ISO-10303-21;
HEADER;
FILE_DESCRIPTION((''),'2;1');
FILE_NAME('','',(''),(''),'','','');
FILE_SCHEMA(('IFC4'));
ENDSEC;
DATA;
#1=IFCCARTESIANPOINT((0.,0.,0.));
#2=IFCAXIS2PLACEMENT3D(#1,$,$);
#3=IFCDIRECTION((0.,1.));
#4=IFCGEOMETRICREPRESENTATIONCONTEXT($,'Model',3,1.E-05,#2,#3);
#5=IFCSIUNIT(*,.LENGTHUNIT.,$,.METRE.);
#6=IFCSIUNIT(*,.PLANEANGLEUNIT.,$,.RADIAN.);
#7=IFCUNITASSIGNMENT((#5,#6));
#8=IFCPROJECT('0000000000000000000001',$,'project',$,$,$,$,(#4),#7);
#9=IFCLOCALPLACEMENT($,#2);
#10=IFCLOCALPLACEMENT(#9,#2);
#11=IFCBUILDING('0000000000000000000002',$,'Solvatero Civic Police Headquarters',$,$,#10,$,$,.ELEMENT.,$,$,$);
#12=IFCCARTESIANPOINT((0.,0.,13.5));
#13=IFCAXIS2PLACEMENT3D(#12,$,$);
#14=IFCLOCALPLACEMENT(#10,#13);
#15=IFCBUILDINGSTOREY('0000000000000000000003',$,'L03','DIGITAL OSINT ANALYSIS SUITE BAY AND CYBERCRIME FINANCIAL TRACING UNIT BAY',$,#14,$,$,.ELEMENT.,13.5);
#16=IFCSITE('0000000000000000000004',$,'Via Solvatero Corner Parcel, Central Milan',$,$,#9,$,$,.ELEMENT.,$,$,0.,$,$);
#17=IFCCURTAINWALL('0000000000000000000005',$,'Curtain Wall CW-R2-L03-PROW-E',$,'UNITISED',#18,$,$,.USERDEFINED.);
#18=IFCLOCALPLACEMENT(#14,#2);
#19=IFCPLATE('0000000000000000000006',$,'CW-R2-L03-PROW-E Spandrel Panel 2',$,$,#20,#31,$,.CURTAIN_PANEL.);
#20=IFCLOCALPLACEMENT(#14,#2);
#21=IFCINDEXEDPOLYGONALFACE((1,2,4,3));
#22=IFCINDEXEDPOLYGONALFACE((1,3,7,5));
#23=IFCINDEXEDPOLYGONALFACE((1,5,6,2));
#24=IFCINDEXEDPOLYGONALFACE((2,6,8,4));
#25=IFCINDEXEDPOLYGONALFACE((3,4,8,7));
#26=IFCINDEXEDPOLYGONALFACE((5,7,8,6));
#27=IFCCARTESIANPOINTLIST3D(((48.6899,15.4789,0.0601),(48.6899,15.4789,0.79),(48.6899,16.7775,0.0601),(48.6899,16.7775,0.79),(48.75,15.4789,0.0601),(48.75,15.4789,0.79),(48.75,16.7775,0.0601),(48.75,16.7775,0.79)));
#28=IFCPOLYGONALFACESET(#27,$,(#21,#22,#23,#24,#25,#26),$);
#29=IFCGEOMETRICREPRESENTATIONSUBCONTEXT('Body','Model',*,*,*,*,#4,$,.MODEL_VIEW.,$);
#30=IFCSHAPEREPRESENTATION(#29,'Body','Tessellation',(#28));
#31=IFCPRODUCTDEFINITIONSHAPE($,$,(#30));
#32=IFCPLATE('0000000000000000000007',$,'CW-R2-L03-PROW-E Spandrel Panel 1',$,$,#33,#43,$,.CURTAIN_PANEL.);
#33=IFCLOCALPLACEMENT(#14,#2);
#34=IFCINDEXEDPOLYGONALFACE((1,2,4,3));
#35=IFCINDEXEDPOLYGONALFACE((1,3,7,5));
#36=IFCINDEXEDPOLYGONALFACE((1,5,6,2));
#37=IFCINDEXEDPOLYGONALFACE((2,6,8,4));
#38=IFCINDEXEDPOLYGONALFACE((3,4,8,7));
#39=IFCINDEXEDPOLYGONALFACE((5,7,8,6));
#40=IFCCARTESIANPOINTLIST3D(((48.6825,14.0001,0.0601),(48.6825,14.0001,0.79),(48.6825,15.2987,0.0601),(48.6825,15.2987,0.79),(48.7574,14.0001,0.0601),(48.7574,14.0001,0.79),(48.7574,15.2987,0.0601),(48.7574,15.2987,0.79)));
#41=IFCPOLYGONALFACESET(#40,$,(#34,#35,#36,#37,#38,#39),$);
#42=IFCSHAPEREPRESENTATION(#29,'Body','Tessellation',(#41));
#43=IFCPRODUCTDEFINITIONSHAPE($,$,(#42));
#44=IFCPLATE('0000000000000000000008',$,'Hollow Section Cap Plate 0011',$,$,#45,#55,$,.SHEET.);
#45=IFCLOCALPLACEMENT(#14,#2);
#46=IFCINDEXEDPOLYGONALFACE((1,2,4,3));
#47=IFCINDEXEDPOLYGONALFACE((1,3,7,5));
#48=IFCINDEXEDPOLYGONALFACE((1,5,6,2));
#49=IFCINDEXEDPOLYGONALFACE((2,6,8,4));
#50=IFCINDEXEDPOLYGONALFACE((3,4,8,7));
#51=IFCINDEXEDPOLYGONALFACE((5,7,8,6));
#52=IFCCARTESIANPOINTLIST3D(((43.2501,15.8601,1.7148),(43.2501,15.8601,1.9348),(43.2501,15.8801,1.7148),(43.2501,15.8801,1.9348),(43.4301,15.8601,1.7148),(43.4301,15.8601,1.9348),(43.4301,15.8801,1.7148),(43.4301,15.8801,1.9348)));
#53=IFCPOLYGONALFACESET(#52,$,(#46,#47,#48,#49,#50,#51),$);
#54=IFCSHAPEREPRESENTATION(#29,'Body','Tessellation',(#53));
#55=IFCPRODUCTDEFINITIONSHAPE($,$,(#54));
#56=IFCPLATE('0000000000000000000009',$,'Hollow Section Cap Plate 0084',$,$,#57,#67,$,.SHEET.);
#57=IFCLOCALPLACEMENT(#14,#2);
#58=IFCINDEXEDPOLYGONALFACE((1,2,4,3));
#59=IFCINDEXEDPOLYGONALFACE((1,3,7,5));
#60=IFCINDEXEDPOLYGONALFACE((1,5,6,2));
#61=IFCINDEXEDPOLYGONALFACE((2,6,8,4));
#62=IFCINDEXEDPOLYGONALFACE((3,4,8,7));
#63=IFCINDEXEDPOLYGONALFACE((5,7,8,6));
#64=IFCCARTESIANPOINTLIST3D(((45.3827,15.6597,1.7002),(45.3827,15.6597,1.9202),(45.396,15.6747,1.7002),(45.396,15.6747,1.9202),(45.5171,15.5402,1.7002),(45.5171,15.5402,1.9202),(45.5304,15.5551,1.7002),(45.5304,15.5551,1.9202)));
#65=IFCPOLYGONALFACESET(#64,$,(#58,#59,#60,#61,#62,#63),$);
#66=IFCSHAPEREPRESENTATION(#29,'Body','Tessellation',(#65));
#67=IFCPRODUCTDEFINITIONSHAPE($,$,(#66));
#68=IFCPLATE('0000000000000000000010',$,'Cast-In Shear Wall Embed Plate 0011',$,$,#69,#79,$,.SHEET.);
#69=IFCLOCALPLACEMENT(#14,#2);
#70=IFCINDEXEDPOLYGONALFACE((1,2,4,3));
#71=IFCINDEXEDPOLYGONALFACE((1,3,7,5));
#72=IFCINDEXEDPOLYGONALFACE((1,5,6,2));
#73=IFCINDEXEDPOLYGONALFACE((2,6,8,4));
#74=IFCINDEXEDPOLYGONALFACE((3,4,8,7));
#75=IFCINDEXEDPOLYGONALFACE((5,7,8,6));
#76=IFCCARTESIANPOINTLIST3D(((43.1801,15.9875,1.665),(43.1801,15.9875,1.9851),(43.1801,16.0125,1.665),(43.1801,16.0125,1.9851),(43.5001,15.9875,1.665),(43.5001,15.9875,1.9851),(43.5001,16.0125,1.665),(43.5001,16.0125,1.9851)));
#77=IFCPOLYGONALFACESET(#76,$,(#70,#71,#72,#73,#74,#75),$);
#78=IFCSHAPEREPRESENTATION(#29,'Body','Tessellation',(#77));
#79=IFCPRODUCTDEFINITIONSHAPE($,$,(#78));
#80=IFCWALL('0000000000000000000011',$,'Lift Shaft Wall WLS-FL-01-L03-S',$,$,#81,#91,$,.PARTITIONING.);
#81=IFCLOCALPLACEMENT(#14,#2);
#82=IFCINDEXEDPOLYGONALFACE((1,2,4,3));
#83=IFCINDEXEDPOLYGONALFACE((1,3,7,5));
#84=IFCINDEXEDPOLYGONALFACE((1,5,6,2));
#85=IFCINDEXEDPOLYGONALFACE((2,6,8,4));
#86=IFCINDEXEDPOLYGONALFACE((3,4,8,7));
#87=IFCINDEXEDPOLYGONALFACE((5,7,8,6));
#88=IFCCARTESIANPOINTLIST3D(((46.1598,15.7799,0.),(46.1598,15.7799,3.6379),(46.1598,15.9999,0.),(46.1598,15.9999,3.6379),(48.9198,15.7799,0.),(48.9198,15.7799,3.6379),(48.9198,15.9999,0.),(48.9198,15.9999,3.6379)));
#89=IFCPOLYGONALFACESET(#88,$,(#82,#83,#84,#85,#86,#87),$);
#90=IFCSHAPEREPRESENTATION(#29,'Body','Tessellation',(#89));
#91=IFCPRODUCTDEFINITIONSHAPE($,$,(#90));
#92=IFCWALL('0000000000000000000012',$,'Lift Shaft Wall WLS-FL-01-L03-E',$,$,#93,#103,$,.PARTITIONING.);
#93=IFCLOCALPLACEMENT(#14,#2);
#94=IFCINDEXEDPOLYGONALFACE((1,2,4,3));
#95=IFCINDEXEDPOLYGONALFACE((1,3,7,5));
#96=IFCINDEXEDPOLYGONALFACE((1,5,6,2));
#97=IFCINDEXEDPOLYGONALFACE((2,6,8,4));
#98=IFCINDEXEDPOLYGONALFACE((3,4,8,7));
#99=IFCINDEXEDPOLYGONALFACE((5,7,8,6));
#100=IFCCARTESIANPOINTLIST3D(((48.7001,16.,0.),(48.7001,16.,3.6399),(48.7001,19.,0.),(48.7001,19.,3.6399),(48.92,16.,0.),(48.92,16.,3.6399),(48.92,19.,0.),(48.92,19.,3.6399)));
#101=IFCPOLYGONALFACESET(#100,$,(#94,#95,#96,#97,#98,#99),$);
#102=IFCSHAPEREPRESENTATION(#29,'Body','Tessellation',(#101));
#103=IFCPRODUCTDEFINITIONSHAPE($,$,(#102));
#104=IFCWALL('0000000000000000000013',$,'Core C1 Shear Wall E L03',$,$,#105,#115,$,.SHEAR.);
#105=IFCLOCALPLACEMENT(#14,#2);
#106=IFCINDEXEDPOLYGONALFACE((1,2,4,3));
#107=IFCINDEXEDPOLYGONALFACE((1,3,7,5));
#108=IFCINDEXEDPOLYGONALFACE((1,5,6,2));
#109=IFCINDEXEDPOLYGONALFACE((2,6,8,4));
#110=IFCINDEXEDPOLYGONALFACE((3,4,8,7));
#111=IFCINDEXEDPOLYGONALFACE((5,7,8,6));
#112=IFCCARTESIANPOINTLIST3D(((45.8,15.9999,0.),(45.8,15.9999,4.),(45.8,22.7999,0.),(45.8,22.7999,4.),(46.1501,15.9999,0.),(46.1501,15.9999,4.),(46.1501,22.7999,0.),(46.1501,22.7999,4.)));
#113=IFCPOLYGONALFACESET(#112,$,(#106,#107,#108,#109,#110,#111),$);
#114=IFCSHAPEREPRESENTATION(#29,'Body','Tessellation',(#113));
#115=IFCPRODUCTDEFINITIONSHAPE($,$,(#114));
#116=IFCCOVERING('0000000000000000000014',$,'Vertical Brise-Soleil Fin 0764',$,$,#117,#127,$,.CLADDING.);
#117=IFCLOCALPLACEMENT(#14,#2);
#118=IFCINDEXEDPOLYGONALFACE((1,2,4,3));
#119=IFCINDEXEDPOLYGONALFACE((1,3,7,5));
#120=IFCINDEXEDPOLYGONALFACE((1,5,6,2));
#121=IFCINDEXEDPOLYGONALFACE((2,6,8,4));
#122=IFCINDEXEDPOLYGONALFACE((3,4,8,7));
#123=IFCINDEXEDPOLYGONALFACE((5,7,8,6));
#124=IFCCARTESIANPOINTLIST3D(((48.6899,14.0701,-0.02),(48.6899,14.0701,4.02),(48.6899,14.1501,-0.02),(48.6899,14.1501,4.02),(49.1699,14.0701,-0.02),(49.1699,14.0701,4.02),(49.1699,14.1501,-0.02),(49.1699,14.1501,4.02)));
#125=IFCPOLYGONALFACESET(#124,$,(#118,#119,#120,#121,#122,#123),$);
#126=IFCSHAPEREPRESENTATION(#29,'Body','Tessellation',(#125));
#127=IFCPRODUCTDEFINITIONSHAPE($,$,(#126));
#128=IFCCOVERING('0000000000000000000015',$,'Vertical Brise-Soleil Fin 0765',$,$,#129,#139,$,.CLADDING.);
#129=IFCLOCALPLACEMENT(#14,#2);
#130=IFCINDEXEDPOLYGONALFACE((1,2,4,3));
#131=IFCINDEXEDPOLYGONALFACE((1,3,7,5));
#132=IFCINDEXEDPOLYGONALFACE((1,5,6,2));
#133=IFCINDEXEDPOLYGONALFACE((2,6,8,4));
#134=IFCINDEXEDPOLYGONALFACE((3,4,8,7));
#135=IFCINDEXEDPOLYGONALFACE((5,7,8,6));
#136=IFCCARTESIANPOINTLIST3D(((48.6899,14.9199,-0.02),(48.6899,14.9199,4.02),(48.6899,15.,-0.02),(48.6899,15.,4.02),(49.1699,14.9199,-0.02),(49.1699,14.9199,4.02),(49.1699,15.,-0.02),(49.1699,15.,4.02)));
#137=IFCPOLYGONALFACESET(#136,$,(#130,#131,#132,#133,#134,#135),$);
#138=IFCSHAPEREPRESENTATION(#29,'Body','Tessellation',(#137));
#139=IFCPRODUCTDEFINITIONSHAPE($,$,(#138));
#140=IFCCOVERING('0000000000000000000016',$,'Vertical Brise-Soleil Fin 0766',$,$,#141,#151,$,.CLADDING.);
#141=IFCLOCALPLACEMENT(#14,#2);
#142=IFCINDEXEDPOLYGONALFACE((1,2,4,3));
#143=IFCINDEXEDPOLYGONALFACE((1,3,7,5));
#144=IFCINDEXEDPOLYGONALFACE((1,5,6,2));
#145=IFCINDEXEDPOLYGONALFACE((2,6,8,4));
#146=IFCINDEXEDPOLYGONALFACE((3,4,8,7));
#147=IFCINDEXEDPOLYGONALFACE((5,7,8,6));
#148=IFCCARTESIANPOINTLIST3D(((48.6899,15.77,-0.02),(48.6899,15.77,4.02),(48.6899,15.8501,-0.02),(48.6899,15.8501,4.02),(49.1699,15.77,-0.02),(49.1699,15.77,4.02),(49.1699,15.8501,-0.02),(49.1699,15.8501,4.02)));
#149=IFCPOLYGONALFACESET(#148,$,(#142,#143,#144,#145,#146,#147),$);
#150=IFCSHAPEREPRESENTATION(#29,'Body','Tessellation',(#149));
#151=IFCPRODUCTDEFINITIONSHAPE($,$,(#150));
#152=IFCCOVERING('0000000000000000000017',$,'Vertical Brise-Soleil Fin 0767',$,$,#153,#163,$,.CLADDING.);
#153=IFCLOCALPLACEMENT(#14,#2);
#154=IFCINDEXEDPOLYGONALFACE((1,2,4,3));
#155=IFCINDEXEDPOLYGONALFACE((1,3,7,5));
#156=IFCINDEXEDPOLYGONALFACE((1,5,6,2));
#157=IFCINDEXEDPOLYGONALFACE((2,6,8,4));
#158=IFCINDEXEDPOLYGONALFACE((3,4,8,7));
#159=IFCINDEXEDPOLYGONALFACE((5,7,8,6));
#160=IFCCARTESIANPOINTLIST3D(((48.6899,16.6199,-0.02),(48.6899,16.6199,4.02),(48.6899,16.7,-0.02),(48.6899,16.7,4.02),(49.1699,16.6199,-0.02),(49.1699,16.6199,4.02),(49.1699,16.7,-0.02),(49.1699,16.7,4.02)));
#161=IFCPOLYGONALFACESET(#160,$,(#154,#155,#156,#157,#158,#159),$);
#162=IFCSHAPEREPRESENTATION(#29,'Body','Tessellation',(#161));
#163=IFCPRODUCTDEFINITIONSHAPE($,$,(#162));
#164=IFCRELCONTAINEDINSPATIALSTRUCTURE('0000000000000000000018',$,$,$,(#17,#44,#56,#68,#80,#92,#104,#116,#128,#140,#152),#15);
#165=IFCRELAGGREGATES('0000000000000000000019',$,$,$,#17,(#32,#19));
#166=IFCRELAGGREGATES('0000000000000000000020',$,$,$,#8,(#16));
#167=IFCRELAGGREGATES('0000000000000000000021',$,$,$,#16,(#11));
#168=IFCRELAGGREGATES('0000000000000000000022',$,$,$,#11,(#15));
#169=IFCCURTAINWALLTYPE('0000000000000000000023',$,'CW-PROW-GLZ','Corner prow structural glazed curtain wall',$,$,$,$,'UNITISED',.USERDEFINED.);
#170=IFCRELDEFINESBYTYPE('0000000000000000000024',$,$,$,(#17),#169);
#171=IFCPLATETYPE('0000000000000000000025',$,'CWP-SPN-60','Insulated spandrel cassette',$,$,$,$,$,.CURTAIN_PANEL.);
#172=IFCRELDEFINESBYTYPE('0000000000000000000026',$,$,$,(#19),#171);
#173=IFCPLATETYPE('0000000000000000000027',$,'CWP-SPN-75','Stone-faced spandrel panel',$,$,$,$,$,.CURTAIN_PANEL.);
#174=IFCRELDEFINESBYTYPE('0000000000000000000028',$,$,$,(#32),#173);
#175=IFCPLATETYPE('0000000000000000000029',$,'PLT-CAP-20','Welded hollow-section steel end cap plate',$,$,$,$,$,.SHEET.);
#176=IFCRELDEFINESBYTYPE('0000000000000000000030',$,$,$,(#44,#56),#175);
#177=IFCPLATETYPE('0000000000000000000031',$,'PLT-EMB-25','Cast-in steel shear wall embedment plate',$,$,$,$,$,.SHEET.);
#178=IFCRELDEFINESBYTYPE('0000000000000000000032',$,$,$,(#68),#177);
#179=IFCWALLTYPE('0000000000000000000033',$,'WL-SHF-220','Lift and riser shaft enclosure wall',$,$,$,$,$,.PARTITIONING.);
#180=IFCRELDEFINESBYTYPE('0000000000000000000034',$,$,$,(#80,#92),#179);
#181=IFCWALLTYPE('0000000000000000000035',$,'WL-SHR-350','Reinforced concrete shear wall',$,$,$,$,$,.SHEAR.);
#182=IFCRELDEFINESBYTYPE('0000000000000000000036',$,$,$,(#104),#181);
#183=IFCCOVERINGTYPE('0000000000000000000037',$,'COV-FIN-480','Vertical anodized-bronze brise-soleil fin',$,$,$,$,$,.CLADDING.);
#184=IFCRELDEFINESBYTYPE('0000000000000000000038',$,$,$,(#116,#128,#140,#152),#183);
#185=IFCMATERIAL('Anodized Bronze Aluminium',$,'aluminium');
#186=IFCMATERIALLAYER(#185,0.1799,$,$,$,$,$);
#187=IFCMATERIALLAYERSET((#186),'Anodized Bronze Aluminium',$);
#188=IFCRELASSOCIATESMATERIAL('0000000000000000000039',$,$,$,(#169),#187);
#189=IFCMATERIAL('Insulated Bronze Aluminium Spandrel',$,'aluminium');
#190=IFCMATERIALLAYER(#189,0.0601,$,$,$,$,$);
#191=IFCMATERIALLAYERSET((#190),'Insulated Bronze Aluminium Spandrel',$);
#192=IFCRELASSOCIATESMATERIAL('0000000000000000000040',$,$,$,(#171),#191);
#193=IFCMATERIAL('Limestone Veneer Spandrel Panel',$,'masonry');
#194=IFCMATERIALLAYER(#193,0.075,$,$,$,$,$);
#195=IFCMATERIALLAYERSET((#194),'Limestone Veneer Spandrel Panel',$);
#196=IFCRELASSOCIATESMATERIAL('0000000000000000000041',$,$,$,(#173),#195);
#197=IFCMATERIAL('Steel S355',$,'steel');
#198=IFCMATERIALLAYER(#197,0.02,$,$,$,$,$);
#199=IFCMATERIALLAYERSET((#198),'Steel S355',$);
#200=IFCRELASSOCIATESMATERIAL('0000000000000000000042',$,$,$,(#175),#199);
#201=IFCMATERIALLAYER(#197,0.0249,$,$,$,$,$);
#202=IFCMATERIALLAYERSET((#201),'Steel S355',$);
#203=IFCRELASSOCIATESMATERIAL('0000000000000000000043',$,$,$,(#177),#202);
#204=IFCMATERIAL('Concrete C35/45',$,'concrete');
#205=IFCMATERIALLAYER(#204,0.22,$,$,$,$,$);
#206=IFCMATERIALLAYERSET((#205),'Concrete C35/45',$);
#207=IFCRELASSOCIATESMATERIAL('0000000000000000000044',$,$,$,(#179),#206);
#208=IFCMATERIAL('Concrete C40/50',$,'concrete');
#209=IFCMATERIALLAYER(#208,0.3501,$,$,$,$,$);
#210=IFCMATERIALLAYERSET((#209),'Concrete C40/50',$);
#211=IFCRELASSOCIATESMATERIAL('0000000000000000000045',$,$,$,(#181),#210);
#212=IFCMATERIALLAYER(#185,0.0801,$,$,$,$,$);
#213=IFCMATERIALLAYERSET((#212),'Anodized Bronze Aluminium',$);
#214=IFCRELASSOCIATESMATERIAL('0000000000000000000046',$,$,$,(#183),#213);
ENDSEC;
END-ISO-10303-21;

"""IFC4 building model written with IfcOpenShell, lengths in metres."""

from ifc_helpers import new_model, si_unit, direction, frame, frame_2d, origin, origin_2d, place, context, subcontext, project, spatial, rectangle, extrude, material, layer, layer_set, type_object, element, aggregate, save


model = new_model("IFC4")

# Units and contexts
model_context = context("Model", 3, precision=1e-05, world=origin(), true_north=direction((0.0, 1.0)))
body_context = subcontext(model_context, "Body", "Model", "MODEL_VIEW")
ifc_project = project(units=[si_unit("LENGTHUNIT", "METRE"), si_unit("PLANEANGLEUNIT", "RADIAN")], contexts=[model_context])

# Site, building, storey
site_placement = place(None, origin())
site = spatial("IfcSite", under=ifc_project, at=site_placement, Name="Via Solvatero Corner Parcel, Central Milan", CompositionType="ELEMENT", RefElevation=0.0)
building_placement = place(site_placement, origin())
building = spatial("IfcBuilding", under=site, at=building_placement, Name="Solvatero Civic Police Headquarters", CompositionType="ELEMENT")
storey_placement = place(building_placement, frame((0.0, 0.0, 13.5)))
storey = spatial("IfcBuildingStorey", under=building, at=storey_placement, Name="L03", Description="DIGITAL OSINT ANALYSIS SUITE BAY AND CYBERCRIME FINANCIAL TRACING UNIT BAY", CompositionType="ELEMENT", Elevation=13.5)

# Shared definitions
ifc_material_1 = material(Name="Steel S355", Category="steel")

# Curtain wall
ifc_material_2 = material(Name="Anodized Bronze Aluminium", Category="aluminium")
ifc_layer_1 = layer(ifc_material_2, 0.1799)
ifc_layer_set_1 = layer_set([ifc_layer_1], Name="Anodized Bronze Aluminium")
curtain_wall_type = type_object("IfcCurtainWallType", Name="CW-PROW-GLZ", Description="Corner prow structural glazed curtain wall", ElementType="UNITISED", PredefinedType="USERDEFINED", material=ifc_layer_set_1)
curtain_wall_placement = place(storey_placement, origin())
curtain_wall = element("IfcCurtainWall", 1, at=curtain_wall_placement, inside=storey, type_object=curtain_wall_type, Name="Curtain Wall CW-R2-L03-PROW-E", ObjectType="UNITISED", PredefinedType="USERDEFINED")

# Plates
ifc_material_3 = material(Name="Insulated Bronze Aluminium Spandrel", Category="aluminium")
ifc_layer_2 = layer(ifc_material_3, 0.0601)
ifc_layer_set_2 = layer_set([ifc_layer_2], Name="Insulated Bronze Aluminium Spandrel")
plate_type_1 = type_object("IfcPlateType", Name="CWP-SPN-60", Description="Insulated spandrel cassette", PredefinedType="CURTAIN_PANEL", material=ifc_layer_set_2)
plate_1_placement = place(storey_placement, frame((48.72, 16.1282, 0.0601), z_axis=(0.0, 0.0, 1.0), x_axis=(0.0, 1.0, 0.0)))
plate_1 = element("IfcPlate", 2, at=plate_1_placement, type_object=plate_type_1, Name="CW-R2-L03-PROW-E Spandrel Panel 2", PredefinedType="CURTAIN_PANEL", context=body_context, shape_type="SweptSolid", body=[
    extrude(rectangle(XDim=1.2986, YDim=0.0601, at=origin_2d()), origin(), (0.0, 0.0, 1.0), 0.73),
])
ifc_material_4 = material(Name="Limestone Veneer Spandrel Panel", Category="masonry")
ifc_layer_3 = layer(ifc_material_4, 0.075)
ifc_layer_set_3 = layer_set([ifc_layer_3], Name="Limestone Veneer Spandrel Panel")
plate_type_2 = type_object("IfcPlateType", Name="CWP-SPN-75", Description="Stone-faced spandrel panel", PredefinedType="CURTAIN_PANEL", material=ifc_layer_set_3)
plate_2_placement = place(storey_placement, frame((48.72, 14.6494, 0.0601), z_axis=(0.0, 0.0, 1.0), x_axis=(0.0, 1.0, 0.0)))
plate_2 = element("IfcPlate", 3, at=plate_2_placement, type_object=plate_type_2, Name="CW-R2-L03-PROW-E Spandrel Panel 1", PredefinedType="CURTAIN_PANEL", context=body_context, shape_type="SweptSolid", body=[
    extrude(rectangle(XDim=1.2986, YDim=0.075, at=origin_2d()), origin(), (0.0, 0.0, 1.0), 0.73),
])
aggregate(curtain_wall, [plate_2, plate_1])

# Plates
ifc_layer_4 = layer(ifc_material_1, 0.02)
ifc_layer_set_4 = layer_set([ifc_layer_4], Name="Steel S355")
plate_type_3 = type_object("IfcPlateType", Name="PLT-CAP-20", Description="Welded hollow-section steel end cap plate", PredefinedType="SHEET", material=ifc_layer_set_4)
plate_3_placement = place(storey_placement, frame((43.3401, 15.8701, 1.7148), z_axis=(0.0, 0.0, 1.0), x_axis=(1.0, 0.0, 0.0)))
element("IfcPlate", 4, at=plate_3_placement, inside=storey, type_object=plate_type_3, Name="Hollow Section Cap Plate 0011", PredefinedType="SHEET", context=body_context, shape_type="SweptSolid", body=[
    extrude(rectangle(XDim=0.1799, YDim=0.02, at=origin_2d()), origin(), (0.0, 0.0, 1.0), 0.22),
])
plate_4_placement = place(storey_placement, frame((45.4565, 15.6074, 1.7002), z_axis=(0.0, 0.0, 1.0), x_axis=(0.66437, 0.747404, 0.0)))
element("IfcPlate", 5, at=plate_4_placement, inside=storey, type_object=plate_type_3, Name="Hollow Section Cap Plate 0084", PredefinedType="SHEET", context=body_context, shape_type="SweptSolid", body=[
    extrude(rectangle(XDim=0.02, YDim=0.1799, at=origin_2d()), origin(), (0.0, 0.0, 1.0), 0.22),
])
ifc_layer_5 = layer(ifc_material_1, 0.0249)
ifc_layer_set_5 = layer_set([ifc_layer_5], Name="Steel S355")
plate_type_4 = type_object("IfcPlateType", Name="PLT-EMB-25", Description="Cast-in steel shear wall embedment plate", PredefinedType="SHEET", material=ifc_layer_set_5)
plate_5_placement = place(storey_placement, frame((43.3401, 16.0, 1.665), z_axis=(0.0, 0.0, 1.0), x_axis=(1.0, 0.0, 0.0)))
element("IfcPlate", 6, at=plate_5_placement, inside=storey, type_object=plate_type_4, Name="Cast-In Shear Wall Embed Plate 0011", PredefinedType="SHEET", context=body_context, shape_type="SweptSolid", body=[
    extrude(rectangle(XDim=0.3201, YDim=0.0249, at=origin_2d()), origin(), (0.0, 0.0, 1.0), 0.3201),
])

# Walls
ifc_material_5 = material(Name="Concrete C35/45", Category="concrete")
ifc_layer_6 = layer(ifc_material_5, 0.22)
ifc_layer_set_6 = layer_set([ifc_layer_6], Name="Concrete C35/45")
wall_type_1 = type_object("IfcWallType", Name="WL-SHF-220", Description="Lift and riser shaft enclosure wall", PredefinedType="PARTITIONING", material=ifc_layer_set_6)
wall_1_placement = place(storey_placement, frame((46.1599, 15.8899, 0.0), z_axis=(0.0, 0.0, 1.0), x_axis=(1.0, 0.0, 0.0)))
element("IfcWall", 7, at=wall_1_placement, inside=storey, type_object=wall_type_1, Name="Lift Shaft Wall WLS-FL-01-L03-S", PredefinedType="PARTITIONING", context=body_context, shape_type="SweptSolid", body=[
    extrude(rectangle(XDim=2.76, YDim=0.22, at=frame_2d((1.3799, 0.0))), origin(), (0.0, 0.0, 1.0), 3.6379),
])
wall_2_placement = place(storey_placement, frame((48.8101, 16.0, 0.0), z_axis=(0.0, 0.0, 1.0), x_axis=(0.0, 1.0, 0.0)))
element("IfcWall", 8, at=wall_2_placement, inside=storey, type_object=wall_type_1, Name="Lift Shaft Wall WLS-FL-01-L03-E", PredefinedType="PARTITIONING", context=body_context, shape_type="SweptSolid", body=[
    extrude(rectangle(XDim=3.0, YDim=0.22, at=frame_2d((1.5, 0.0))), origin(), (0.0, 0.0, 1.0), 3.6399),
])
ifc_material_6 = material(Name="Concrete C40/50", Category="concrete")
ifc_layer_7 = layer(ifc_material_6, 0.3501)
ifc_layer_set_7 = layer_set([ifc_layer_7], Name="Concrete C40/50")
wall_type_2 = type_object("IfcWallType", Name="WL-SHR-350", Description="Reinforced concrete shear wall", PredefinedType="SHEAR", material=ifc_layer_set_7)
wall_3_placement = place(storey_placement, frame((45.9751, 16.0, 0.0), z_axis=(0.0, 0.0, 1.0), x_axis=(0.0, 1.0, 0.0)))
element("IfcWall", 9, at=wall_3_placement, inside=storey, type_object=wall_type_2, Name="Core C1 Shear Wall E L03", PredefinedType="SHEAR", context=body_context, shape_type="SweptSolid", body=[
    extrude(rectangle(XDim=6.8, YDim=0.3501, at=frame_2d((3.3999, 0.0))), origin(), (0.0, 0.0, 1.0), 4.0),
])

# Coverings
ifc_layer_8 = layer(ifc_material_2, 0.0801)
ifc_layer_set_8 = layer_set([ifc_layer_8], Name="Anodized Bronze Aluminium")
covering_type = type_object("IfcCoveringType", Name="COV-FIN-480", Description="Vertical anodized-bronze brise-soleil fin", PredefinedType="CLADDING", material=ifc_layer_set_8)
for number, where, z_axis, x_axis, name in (
    (10, (48.9299, 14.1101, -0.02), (0.0, 0.0, 1.0), (0.0, 1.0, 0.0), "Vertical Brise-Soleil Fin 0764"),
    (11, (48.9299, 14.96, -0.02), (0.0, 0.0, 1.0), (0.0, 1.0, 0.0), "Vertical Brise-Soleil Fin 0765"),
    (12, (48.9299, 15.8101, -0.02), (0.0, 0.0, 1.0), (0.0, 1.0, 0.0), "Vertical Brise-Soleil Fin 0766"),
    (13, (48.9299, 16.6599, -0.02), (0.0, 0.0, 1.0), (0.0, 1.0, 0.0), "Vertical Brise-Soleil Fin 0767"),
):
    element("IfcCovering", number, at=place(storey_placement, frame(where, z_axis=z_axis, x_axis=x_axis)), inside=storey, type_object=covering_type, Name=name, PredefinedType="CLADDING", context=body_context, shape_type="SweptSolid", body=[
        extrude(rectangle(XDim=0.0801, YDim=0.48, at=origin_2d()), origin(), (0.0, 0.0, 1.0), 4.04),
    ])

save(model, "model.ifc")
